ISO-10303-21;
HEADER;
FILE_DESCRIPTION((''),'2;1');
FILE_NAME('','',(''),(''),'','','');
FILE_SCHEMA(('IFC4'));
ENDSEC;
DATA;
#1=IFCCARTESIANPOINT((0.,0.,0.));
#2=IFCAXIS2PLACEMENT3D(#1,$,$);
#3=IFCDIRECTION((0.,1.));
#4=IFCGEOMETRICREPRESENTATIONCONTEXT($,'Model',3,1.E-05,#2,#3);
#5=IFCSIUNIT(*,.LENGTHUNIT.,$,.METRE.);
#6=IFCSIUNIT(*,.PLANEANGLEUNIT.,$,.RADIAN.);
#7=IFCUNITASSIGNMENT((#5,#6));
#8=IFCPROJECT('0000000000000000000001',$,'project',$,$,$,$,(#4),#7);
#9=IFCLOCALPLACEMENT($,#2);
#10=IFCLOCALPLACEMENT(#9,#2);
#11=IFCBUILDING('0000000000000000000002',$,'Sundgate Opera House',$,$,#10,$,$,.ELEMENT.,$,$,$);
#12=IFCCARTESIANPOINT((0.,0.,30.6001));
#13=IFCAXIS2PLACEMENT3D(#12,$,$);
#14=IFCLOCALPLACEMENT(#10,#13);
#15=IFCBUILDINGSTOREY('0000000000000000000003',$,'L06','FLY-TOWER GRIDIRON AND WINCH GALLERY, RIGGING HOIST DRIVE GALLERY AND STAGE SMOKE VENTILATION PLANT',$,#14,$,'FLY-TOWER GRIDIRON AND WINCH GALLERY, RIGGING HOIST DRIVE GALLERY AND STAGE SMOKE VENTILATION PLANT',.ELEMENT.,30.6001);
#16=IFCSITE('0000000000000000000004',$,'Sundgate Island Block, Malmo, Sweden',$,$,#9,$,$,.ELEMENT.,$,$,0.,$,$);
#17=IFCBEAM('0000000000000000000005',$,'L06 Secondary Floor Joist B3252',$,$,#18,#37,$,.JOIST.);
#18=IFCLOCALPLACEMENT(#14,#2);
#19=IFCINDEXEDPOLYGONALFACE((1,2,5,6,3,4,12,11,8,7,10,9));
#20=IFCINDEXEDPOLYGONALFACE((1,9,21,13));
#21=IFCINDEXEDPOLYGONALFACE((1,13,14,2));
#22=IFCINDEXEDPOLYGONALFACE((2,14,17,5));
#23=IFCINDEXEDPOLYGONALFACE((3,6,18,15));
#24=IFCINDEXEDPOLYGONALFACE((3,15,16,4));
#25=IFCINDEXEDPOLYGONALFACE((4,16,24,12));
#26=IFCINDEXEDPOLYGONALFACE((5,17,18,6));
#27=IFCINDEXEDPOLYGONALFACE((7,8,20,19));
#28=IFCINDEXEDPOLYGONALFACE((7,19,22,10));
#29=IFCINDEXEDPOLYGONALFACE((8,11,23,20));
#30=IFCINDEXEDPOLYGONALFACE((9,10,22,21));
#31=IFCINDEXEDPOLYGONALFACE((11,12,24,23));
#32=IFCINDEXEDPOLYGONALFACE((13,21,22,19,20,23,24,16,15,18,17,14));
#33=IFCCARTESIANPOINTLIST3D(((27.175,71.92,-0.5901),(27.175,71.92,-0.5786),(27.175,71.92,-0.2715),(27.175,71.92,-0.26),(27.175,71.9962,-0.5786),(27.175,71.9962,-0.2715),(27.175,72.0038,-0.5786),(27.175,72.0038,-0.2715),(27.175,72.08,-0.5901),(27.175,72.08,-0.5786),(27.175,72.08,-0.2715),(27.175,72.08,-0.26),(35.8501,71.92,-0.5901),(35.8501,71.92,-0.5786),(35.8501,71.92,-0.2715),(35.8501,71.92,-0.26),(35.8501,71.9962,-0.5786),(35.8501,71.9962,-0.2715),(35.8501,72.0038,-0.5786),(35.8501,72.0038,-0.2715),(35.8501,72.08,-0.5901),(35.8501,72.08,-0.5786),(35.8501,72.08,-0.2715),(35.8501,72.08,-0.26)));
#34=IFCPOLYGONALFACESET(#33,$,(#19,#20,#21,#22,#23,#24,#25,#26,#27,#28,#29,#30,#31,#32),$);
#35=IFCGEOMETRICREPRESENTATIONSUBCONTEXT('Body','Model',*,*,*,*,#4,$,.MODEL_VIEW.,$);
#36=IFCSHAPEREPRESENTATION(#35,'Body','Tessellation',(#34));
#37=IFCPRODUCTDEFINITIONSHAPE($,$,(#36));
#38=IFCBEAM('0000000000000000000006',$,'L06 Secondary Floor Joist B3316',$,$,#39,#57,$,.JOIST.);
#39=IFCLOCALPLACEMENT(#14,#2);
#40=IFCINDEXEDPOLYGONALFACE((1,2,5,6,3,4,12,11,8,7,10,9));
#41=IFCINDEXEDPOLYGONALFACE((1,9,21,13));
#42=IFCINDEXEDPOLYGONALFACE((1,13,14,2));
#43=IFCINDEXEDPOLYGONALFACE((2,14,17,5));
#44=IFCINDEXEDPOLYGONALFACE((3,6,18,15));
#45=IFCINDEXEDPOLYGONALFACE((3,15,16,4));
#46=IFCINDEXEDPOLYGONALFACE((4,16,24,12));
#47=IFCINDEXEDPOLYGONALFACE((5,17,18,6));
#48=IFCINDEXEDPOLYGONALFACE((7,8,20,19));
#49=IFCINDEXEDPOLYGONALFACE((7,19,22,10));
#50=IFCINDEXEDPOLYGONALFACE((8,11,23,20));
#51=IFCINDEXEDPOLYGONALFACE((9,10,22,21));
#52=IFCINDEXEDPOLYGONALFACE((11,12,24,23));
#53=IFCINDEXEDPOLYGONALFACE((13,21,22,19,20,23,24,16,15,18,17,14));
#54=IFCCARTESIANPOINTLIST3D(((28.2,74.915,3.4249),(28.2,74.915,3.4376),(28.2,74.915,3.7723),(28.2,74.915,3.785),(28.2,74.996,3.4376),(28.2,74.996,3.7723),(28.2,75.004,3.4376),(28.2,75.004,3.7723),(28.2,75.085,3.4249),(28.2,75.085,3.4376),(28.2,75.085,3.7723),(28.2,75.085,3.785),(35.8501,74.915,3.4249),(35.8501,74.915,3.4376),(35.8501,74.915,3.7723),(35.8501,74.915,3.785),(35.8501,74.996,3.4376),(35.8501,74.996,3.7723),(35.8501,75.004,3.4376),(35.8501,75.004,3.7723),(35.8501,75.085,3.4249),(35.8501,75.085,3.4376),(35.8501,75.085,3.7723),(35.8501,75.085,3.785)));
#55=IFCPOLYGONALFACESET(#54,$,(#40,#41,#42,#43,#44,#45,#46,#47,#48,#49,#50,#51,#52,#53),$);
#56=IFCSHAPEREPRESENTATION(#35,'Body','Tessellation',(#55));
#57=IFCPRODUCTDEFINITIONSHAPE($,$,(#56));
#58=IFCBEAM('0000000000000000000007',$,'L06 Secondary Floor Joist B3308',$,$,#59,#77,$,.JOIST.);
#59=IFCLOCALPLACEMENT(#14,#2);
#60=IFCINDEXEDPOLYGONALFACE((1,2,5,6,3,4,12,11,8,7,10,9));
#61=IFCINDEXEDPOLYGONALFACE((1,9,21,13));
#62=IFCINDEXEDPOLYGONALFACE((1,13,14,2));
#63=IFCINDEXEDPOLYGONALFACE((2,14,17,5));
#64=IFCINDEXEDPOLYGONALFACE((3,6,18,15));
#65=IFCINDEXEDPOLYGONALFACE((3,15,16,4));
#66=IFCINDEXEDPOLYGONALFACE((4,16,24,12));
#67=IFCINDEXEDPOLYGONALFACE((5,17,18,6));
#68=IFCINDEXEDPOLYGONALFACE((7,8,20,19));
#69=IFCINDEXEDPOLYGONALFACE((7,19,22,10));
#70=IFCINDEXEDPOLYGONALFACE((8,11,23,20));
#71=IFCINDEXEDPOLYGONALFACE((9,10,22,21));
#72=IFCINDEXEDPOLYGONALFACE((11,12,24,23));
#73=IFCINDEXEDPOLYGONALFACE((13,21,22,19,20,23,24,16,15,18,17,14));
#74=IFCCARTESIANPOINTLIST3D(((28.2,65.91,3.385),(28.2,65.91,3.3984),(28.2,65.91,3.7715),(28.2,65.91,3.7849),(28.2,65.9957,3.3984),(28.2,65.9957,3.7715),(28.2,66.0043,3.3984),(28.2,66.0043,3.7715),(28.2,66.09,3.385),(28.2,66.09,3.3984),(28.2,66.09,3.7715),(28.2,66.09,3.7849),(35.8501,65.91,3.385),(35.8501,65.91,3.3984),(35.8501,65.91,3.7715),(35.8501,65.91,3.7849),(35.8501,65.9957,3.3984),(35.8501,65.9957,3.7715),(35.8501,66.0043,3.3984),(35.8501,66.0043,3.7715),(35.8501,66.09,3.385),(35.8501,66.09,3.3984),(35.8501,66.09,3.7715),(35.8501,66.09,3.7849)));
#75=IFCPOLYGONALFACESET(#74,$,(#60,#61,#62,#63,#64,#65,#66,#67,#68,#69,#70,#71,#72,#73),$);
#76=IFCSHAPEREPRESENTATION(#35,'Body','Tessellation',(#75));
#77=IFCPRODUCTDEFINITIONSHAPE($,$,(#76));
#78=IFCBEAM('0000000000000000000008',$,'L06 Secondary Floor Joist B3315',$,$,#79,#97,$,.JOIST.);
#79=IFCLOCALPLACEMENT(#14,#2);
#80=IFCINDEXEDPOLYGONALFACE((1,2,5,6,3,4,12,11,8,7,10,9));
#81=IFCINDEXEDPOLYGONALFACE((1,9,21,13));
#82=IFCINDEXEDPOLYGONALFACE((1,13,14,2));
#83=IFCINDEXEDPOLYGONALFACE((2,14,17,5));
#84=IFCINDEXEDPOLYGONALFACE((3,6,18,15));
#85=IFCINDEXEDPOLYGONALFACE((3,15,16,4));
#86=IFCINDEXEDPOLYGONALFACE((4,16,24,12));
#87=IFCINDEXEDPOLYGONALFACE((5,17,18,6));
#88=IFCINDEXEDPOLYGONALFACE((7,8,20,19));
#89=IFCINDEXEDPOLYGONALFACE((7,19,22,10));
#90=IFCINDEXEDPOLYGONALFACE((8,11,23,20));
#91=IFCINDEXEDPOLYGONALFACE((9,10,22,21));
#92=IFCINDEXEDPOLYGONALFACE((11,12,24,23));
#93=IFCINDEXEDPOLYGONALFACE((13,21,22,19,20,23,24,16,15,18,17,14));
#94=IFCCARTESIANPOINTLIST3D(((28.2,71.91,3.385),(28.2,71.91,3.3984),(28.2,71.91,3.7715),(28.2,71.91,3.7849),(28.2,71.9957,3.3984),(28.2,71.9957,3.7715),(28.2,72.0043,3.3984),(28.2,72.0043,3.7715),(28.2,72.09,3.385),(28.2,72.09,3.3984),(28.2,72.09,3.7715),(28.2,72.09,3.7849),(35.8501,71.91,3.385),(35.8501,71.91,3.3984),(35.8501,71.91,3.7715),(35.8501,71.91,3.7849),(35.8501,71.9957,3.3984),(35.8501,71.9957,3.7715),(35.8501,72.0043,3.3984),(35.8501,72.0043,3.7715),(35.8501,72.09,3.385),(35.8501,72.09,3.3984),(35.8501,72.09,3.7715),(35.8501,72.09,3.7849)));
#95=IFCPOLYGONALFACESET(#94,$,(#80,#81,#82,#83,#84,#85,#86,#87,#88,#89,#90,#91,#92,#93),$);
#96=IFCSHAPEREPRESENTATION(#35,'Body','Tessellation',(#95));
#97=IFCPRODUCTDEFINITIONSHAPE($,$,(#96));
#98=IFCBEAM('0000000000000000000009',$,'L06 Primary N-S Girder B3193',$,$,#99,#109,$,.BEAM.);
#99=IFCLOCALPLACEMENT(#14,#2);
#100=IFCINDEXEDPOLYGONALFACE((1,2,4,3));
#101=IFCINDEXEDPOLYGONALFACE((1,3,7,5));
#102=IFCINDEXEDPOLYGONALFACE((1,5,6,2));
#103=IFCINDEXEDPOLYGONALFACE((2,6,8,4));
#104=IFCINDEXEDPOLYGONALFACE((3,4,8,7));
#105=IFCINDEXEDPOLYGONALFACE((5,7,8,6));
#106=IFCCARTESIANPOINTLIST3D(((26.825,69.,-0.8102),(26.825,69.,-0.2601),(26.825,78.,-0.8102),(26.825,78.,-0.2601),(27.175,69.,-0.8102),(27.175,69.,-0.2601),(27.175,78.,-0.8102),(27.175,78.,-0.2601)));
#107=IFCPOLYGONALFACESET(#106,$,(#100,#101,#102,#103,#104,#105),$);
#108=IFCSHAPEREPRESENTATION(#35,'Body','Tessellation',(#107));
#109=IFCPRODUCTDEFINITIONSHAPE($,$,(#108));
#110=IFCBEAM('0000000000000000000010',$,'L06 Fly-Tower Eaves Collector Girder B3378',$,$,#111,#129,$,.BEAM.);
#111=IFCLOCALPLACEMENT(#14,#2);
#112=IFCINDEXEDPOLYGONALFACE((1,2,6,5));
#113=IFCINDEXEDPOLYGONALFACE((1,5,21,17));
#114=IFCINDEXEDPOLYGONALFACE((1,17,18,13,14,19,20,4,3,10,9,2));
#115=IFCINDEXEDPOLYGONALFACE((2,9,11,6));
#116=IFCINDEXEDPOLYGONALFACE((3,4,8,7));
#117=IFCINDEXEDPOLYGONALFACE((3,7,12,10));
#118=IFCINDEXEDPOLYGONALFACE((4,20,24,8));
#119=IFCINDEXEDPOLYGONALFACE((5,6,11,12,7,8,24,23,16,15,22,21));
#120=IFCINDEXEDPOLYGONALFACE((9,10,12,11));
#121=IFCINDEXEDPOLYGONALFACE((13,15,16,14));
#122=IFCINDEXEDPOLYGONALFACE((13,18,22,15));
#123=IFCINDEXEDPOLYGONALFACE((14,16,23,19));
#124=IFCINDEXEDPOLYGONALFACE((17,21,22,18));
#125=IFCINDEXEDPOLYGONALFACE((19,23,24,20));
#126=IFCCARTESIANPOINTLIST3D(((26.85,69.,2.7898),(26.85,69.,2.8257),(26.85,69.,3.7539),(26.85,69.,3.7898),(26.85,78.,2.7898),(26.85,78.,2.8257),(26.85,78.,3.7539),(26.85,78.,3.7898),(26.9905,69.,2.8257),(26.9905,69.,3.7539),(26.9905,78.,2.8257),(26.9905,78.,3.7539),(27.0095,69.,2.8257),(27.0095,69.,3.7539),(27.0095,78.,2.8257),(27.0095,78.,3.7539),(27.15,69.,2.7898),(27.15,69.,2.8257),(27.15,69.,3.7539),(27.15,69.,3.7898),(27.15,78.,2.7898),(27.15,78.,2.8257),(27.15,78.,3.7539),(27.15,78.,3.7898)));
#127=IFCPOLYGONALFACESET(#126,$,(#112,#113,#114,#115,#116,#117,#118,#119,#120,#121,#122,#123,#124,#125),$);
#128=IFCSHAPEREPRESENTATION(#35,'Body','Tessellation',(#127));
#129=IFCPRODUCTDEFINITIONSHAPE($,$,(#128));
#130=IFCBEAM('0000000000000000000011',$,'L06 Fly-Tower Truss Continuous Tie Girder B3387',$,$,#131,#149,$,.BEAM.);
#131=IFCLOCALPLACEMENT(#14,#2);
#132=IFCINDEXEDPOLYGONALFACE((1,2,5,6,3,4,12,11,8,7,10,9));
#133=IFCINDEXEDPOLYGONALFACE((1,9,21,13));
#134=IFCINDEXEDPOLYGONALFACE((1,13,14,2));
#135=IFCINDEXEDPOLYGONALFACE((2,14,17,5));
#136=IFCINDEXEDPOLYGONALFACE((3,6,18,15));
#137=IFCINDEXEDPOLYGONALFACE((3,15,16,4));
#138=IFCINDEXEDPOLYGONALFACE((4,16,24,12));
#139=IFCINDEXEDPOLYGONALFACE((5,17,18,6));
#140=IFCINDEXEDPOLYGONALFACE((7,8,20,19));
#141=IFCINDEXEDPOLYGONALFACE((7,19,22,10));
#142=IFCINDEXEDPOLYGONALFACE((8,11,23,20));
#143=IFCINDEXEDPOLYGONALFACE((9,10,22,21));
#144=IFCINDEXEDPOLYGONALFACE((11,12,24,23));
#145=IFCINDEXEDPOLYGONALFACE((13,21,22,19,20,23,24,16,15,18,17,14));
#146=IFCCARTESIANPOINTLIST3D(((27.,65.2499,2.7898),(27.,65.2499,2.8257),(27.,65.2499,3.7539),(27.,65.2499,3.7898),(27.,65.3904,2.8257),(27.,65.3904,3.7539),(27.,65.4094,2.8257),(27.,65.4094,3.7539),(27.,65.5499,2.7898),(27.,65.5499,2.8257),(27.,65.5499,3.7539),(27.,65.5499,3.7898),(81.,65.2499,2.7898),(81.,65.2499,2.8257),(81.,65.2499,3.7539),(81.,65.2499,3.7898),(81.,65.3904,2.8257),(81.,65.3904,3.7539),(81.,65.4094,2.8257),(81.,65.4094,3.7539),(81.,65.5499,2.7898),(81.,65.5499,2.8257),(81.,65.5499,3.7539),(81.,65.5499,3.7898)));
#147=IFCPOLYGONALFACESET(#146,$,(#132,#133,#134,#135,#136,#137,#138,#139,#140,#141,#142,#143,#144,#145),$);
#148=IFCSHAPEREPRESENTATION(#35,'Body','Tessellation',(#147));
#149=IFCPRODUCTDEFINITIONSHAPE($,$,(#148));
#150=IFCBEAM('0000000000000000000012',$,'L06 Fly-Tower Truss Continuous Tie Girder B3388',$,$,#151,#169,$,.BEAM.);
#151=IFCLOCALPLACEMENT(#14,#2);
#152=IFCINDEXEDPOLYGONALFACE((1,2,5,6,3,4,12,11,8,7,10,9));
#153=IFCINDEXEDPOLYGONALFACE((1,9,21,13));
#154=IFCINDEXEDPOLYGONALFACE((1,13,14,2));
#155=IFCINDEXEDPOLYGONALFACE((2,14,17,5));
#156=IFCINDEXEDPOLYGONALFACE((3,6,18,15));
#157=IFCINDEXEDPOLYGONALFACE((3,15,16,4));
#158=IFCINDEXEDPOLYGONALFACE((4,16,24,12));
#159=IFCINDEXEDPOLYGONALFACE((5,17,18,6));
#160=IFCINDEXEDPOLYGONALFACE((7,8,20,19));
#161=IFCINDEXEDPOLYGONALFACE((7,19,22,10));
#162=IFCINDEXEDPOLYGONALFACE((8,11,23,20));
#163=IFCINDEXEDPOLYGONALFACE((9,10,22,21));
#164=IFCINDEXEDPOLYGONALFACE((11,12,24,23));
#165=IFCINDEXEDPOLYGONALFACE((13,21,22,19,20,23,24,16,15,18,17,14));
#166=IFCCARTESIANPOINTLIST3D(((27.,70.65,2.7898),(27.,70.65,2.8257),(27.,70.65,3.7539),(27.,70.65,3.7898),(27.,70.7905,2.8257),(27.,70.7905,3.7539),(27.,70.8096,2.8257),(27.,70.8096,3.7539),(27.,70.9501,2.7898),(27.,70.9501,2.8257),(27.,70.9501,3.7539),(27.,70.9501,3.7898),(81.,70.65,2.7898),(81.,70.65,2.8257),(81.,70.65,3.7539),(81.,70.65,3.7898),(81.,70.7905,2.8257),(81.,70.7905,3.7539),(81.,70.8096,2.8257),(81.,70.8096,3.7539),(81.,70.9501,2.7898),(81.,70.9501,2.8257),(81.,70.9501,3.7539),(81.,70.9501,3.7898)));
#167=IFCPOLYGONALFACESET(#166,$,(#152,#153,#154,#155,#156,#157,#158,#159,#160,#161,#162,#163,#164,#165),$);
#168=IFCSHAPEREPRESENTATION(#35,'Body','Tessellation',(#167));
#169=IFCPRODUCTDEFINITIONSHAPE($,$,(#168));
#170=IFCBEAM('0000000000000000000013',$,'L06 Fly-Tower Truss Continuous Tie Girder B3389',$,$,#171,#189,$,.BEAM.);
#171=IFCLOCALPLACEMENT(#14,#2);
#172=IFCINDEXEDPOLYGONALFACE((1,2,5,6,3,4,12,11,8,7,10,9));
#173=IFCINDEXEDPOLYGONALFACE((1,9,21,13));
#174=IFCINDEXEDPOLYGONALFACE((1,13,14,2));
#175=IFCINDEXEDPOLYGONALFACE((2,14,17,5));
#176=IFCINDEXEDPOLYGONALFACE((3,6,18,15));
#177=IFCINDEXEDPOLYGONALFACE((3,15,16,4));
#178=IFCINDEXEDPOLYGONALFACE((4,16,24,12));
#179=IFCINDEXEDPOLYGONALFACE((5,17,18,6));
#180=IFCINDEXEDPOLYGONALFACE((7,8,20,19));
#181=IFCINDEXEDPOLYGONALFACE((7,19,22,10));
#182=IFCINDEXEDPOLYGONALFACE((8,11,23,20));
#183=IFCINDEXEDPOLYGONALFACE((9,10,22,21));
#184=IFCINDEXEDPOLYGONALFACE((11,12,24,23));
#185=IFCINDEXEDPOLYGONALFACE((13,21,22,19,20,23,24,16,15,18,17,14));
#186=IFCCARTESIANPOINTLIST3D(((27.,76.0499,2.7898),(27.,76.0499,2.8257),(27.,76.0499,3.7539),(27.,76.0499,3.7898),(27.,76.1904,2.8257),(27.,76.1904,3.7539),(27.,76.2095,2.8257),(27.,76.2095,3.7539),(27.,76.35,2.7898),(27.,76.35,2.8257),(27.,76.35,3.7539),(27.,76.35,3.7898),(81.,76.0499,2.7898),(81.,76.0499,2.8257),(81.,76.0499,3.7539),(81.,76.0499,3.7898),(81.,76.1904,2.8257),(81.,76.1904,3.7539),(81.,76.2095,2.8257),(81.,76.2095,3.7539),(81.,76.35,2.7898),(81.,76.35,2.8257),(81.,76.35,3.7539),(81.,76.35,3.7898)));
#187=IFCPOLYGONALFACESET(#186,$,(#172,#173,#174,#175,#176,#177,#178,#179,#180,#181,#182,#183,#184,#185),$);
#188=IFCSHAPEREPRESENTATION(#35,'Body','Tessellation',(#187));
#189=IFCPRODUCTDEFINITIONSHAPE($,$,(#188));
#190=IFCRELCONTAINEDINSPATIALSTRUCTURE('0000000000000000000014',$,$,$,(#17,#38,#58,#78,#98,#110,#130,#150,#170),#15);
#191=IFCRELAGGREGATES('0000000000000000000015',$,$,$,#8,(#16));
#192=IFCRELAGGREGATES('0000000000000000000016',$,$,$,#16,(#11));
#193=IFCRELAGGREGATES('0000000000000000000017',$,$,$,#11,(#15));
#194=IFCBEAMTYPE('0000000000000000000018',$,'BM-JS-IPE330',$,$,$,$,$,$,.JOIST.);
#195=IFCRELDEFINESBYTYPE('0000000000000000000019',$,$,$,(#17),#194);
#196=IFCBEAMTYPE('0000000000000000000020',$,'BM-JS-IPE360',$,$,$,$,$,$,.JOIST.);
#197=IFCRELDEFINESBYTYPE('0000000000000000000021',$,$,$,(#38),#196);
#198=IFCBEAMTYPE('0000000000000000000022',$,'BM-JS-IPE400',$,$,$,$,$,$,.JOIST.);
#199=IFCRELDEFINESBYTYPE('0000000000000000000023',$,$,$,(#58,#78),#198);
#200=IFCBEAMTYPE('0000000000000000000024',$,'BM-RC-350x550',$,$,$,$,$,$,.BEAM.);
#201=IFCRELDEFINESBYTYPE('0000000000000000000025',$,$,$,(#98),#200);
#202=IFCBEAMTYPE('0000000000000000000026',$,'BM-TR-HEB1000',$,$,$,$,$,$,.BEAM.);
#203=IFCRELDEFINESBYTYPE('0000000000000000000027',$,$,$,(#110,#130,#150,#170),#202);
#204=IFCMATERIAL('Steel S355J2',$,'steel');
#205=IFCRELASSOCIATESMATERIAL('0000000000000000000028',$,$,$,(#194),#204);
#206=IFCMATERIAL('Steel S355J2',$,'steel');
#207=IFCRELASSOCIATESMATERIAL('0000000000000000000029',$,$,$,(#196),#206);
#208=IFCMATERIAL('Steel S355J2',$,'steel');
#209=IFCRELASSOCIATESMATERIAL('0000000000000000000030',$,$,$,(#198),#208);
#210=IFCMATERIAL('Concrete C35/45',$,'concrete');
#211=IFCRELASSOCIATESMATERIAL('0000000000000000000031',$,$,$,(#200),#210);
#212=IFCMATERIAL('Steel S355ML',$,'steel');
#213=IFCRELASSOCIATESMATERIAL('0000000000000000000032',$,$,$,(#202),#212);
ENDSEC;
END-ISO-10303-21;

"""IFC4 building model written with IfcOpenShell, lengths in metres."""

from ifc_helpers import new_model, si_unit, direction, frame, origin, origin_2d, place, context, subcontext, project, spatial, rectangle, i_section, extrude, material, material_profile, profile_set, type_object, element, save


model = new_model("IFC4")

# Units and contexts
model_context = context("Model", 3, precision=1e-05, world=origin(), true_north=direction((0.0, 1.0)))
body_context = subcontext(model_context, "Body", "Model", "MODEL_VIEW")
ifc_project = project(units=[si_unit("LENGTHUNIT", "METRE"), si_unit("PLANEANGLEUNIT", "RADIAN")], contexts=[model_context])

# Site, building, storey
site_placement = place(None, origin())
site = spatial("IfcSite", under=ifc_project, at=site_placement, Name="Sundgate Island Block, Malmo, Sweden", CompositionType="ELEMENT", RefElevation=0.0)
building_placement = place(site_placement, origin())
building = spatial("IfcBuilding", under=site, at=building_placement, Name="Sundgate Opera House", CompositionType="ELEMENT")
storey_placement = place(building_placement, frame((0.0, 0.0, 30.6001)))
storey = spatial("IfcBuildingStorey", under=building, at=storey_placement, Name="L06", Description="FLY-TOWER GRIDIRON AND WINCH GALLERY, RIGGING HOIST DRIVE GALLERY AND STAGE SMOKE VENTILATION PLANT", LongName="FLY-TOWER GRIDIRON AND WINCH GALLERY, RIGGING HOIST DRIVE GALLERY AND STAGE SMOKE VENTILATION PLANT", CompositionType="ELEMENT", Elevation=30.6001)

# Beams
ifc_material_1 = material(Name="Steel S355J2", Category="steel")
ifc_material_profile_1 = material_profile(ifc_material_1, i_section(OverallWidth=0.1599, OverallDepth=0.3301, WebThickness=0.0076, FlangeThickness=0.0115, at=origin_2d()), Name="IPE 330")
ifc_profile_set_1 = profile_set([ifc_material_profile_1], Name="Steel S355J2")
beam_type_1 = type_object("IfcBeamType", Name="BM-JS-IPE330", PredefinedType="JOIST", material=ifc_profile_set_1)
beam_1_placement = place(storey_placement, frame((27.175, 72.0, -0.425), z_axis=(1.0, 0.0, 0.0), x_axis=(0.0, 1.0, 0.0)))
element("IfcBeam", 1, at=beam_1_placement, inside=storey, type_object=beam_type_1, Name="L06 Secondary Floor Joist B3252", PredefinedType="JOIST", context=body_context, shape_type="SweptSolid", body=[
    extrude(i_section(OverallWidth=0.1599, OverallDepth=0.3301, WebThickness=0.0076, FlangeThickness=0.0115, at=origin_2d()), origin(), (0.0, 0.0, 1.0), 8.675),
])
ifc_material_2 = material(Name="Steel S355J2", Category="steel")
ifc_material_profile_2 = material_profile(ifc_material_2, i_section(OverallWidth=0.1699, OverallDepth=0.3601, WebThickness=0.0081, FlangeThickness=0.0127, at=origin_2d()), Name="IPE 360")
ifc_profile_set_2 = profile_set([ifc_material_profile_2], Name="Steel S355J2")
beam_type_2 = type_object("IfcBeamType", Name="BM-JS-IPE360", PredefinedType="JOIST", material=ifc_profile_set_2)
beam_2_placement = place(storey_placement, frame((28.2, 75.0, 3.605), z_axis=(1.0, 0.0, 0.0), x_axis=(0.0, 1.0, 0.0)))
element("IfcBeam", 2, at=beam_2_placement, inside=storey, type_object=beam_type_2, Name="L06 Secondary Floor Joist B3316", PredefinedType="JOIST", context=body_context, shape_type="SweptSolid", body=[
    extrude(i_section(OverallWidth=0.1699, OverallDepth=0.3601, WebThickness=0.0081, FlangeThickness=0.0127, at=origin_2d()), origin(), (0.0, 0.0, 1.0), 7.6501),
])
ifc_material_3 = material(Name="Steel S355J2", Category="steel")
ifc_material_profile_3 = material_profile(ifc_material_3, i_section(OverallWidth=0.1799, OverallDepth=0.3999, WebThickness=0.0085, FlangeThickness=0.0134, at=origin_2d()), Name="IPE 400")
ifc_profile_set_3 = profile_set([ifc_material_profile_3], Name="Steel S355J2")
beam_type_3 = type_object("IfcBeamType", Name="BM-JS-IPE400", PredefinedType="JOIST", material=ifc_profile_set_3)
for number, where, z_axis, x_axis, name in (
    (3, (28.2, 66.0, 3.585), (1.0, 0.0, 0.0), (0.0, 1.0, 0.0), "L06 Secondary Floor Joist B3308"),
    (4, (28.2, 72.0, 3.585), (1.0, 0.0, 0.0), (0.0, 1.0, 0.0), "L06 Secondary Floor Joist B3315"),
):
    element("IfcBeam", number, at=place(storey_placement, frame(where, z_axis=z_axis, x_axis=x_axis)), inside=storey, type_object=beam_type_3, Name=name, PredefinedType="JOIST", context=body_context, shape_type="SweptSolid", body=[
        extrude(i_section(OverallWidth=0.1799, OverallDepth=0.3999, WebThickness=0.0085, FlangeThickness=0.0134, at=origin_2d()), origin(), (0.0, 0.0, 1.0), 7.6501),
    ])
ifc_material_4 = material(Name="Concrete C35/45", Category="concrete")
ifc_material_profile_4 = material_profile(ifc_material_4, rectangle(XDim=0.3501, YDim=0.55, at=origin_2d()), Name="RC 350x550")
ifc_profile_set_4 = profile_set([ifc_material_profile_4], Name="Concrete C35/45")
beam_type_4 = type_object("IfcBeamType", Name="BM-RC-350x550", PredefinedType="BEAM", material=ifc_profile_set_4)
beam_3_placement = place(storey_placement, frame((27.0, 69.0, -0.5352), z_axis=(0.0, 1.0, 0.0), x_axis=(-1.0, 0.0, 0.0)))
element("IfcBeam", 5, at=beam_3_placement, inside=storey, type_object=beam_type_4, Name="L06 Primary N-S Girder B3193", PredefinedType="BEAM", context=body_context, shape_type="SweptSolid", body=[
    extrude(rectangle(XDim=0.3501, YDim=0.55, at=origin_2d()), origin(), (0.0, 0.0, 1.0), 9.0),
])
ifc_material_5 = material(Name="Steel S355ML", Category="steel")
ifc_material_profile_5 = material_profile(ifc_material_5, i_section(OverallWidth=0.3, OverallDepth=1.0, WebThickness=0.019, FlangeThickness=0.0359, at=origin_2d()), Name="HEB 1000")
ifc_profile_set_5 = profile_set([ifc_material_profile_5], Name="Steel S355ML")
beam_type_5 = type_object("IfcBeamType", Name="BM-TR-HEB1000", PredefinedType="BEAM", material=ifc_profile_set_5)
beam_4_placement = place(storey_placement, frame((27.0, 69.0, 3.2898), z_axis=(0.0, 1.0, 0.0), x_axis=(-1.0, 0.0, 0.0)))
element("IfcBeam", 6, at=beam_4_placement, inside=storey, type_object=beam_type_5, Name="L06 Fly-Tower Eaves Collector Girder B3378", PredefinedType="BEAM", context=body_context, shape_type="SweptSolid", body=[
    extrude(i_section(OverallWidth=0.3, OverallDepth=1.0, WebThickness=0.019, FlangeThickness=0.0359, at=origin_2d()), origin(), (0.0, 0.0, 1.0), 9.0),
])
for number, where, z_axis, x_axis, name in (
    (7, (27.0, 65.3999, 3.2898), (1.0, 0.0, 0.0), (0.0, 1.0, 0.0), "L06 Fly-Tower Truss Continuous Tie Girder B3387"),
    (8, (27.0, 70.8, 3.2898), (1.0, 0.0, 0.0), (0.0, 1.0, 0.0), "L06 Fly-Tower Truss Continuous Tie Girder B3388"),
    (9, (27.0, 76.2, 3.2898), (1.0, 0.0, 0.0), (0.0, 1.0, 0.0), "L06 Fly-Tower Truss Continuous Tie Girder B3389"),
):
    element("IfcBeam", number, at=place(storey_placement, frame(where, z_axis=z_axis, x_axis=x_axis)), inside=storey, type_object=beam_type_5, Name=name, PredefinedType="BEAM", context=body_context, shape_type="SweptSolid", body=[
        extrude(i_section(OverallWidth=0.3, OverallDepth=1.0, WebThickness=0.019, FlangeThickness=0.0359, at=origin_2d()), origin(), (0.0, 0.0, 1.0), 54.0),
    ])

save(model, "model.ifc")
